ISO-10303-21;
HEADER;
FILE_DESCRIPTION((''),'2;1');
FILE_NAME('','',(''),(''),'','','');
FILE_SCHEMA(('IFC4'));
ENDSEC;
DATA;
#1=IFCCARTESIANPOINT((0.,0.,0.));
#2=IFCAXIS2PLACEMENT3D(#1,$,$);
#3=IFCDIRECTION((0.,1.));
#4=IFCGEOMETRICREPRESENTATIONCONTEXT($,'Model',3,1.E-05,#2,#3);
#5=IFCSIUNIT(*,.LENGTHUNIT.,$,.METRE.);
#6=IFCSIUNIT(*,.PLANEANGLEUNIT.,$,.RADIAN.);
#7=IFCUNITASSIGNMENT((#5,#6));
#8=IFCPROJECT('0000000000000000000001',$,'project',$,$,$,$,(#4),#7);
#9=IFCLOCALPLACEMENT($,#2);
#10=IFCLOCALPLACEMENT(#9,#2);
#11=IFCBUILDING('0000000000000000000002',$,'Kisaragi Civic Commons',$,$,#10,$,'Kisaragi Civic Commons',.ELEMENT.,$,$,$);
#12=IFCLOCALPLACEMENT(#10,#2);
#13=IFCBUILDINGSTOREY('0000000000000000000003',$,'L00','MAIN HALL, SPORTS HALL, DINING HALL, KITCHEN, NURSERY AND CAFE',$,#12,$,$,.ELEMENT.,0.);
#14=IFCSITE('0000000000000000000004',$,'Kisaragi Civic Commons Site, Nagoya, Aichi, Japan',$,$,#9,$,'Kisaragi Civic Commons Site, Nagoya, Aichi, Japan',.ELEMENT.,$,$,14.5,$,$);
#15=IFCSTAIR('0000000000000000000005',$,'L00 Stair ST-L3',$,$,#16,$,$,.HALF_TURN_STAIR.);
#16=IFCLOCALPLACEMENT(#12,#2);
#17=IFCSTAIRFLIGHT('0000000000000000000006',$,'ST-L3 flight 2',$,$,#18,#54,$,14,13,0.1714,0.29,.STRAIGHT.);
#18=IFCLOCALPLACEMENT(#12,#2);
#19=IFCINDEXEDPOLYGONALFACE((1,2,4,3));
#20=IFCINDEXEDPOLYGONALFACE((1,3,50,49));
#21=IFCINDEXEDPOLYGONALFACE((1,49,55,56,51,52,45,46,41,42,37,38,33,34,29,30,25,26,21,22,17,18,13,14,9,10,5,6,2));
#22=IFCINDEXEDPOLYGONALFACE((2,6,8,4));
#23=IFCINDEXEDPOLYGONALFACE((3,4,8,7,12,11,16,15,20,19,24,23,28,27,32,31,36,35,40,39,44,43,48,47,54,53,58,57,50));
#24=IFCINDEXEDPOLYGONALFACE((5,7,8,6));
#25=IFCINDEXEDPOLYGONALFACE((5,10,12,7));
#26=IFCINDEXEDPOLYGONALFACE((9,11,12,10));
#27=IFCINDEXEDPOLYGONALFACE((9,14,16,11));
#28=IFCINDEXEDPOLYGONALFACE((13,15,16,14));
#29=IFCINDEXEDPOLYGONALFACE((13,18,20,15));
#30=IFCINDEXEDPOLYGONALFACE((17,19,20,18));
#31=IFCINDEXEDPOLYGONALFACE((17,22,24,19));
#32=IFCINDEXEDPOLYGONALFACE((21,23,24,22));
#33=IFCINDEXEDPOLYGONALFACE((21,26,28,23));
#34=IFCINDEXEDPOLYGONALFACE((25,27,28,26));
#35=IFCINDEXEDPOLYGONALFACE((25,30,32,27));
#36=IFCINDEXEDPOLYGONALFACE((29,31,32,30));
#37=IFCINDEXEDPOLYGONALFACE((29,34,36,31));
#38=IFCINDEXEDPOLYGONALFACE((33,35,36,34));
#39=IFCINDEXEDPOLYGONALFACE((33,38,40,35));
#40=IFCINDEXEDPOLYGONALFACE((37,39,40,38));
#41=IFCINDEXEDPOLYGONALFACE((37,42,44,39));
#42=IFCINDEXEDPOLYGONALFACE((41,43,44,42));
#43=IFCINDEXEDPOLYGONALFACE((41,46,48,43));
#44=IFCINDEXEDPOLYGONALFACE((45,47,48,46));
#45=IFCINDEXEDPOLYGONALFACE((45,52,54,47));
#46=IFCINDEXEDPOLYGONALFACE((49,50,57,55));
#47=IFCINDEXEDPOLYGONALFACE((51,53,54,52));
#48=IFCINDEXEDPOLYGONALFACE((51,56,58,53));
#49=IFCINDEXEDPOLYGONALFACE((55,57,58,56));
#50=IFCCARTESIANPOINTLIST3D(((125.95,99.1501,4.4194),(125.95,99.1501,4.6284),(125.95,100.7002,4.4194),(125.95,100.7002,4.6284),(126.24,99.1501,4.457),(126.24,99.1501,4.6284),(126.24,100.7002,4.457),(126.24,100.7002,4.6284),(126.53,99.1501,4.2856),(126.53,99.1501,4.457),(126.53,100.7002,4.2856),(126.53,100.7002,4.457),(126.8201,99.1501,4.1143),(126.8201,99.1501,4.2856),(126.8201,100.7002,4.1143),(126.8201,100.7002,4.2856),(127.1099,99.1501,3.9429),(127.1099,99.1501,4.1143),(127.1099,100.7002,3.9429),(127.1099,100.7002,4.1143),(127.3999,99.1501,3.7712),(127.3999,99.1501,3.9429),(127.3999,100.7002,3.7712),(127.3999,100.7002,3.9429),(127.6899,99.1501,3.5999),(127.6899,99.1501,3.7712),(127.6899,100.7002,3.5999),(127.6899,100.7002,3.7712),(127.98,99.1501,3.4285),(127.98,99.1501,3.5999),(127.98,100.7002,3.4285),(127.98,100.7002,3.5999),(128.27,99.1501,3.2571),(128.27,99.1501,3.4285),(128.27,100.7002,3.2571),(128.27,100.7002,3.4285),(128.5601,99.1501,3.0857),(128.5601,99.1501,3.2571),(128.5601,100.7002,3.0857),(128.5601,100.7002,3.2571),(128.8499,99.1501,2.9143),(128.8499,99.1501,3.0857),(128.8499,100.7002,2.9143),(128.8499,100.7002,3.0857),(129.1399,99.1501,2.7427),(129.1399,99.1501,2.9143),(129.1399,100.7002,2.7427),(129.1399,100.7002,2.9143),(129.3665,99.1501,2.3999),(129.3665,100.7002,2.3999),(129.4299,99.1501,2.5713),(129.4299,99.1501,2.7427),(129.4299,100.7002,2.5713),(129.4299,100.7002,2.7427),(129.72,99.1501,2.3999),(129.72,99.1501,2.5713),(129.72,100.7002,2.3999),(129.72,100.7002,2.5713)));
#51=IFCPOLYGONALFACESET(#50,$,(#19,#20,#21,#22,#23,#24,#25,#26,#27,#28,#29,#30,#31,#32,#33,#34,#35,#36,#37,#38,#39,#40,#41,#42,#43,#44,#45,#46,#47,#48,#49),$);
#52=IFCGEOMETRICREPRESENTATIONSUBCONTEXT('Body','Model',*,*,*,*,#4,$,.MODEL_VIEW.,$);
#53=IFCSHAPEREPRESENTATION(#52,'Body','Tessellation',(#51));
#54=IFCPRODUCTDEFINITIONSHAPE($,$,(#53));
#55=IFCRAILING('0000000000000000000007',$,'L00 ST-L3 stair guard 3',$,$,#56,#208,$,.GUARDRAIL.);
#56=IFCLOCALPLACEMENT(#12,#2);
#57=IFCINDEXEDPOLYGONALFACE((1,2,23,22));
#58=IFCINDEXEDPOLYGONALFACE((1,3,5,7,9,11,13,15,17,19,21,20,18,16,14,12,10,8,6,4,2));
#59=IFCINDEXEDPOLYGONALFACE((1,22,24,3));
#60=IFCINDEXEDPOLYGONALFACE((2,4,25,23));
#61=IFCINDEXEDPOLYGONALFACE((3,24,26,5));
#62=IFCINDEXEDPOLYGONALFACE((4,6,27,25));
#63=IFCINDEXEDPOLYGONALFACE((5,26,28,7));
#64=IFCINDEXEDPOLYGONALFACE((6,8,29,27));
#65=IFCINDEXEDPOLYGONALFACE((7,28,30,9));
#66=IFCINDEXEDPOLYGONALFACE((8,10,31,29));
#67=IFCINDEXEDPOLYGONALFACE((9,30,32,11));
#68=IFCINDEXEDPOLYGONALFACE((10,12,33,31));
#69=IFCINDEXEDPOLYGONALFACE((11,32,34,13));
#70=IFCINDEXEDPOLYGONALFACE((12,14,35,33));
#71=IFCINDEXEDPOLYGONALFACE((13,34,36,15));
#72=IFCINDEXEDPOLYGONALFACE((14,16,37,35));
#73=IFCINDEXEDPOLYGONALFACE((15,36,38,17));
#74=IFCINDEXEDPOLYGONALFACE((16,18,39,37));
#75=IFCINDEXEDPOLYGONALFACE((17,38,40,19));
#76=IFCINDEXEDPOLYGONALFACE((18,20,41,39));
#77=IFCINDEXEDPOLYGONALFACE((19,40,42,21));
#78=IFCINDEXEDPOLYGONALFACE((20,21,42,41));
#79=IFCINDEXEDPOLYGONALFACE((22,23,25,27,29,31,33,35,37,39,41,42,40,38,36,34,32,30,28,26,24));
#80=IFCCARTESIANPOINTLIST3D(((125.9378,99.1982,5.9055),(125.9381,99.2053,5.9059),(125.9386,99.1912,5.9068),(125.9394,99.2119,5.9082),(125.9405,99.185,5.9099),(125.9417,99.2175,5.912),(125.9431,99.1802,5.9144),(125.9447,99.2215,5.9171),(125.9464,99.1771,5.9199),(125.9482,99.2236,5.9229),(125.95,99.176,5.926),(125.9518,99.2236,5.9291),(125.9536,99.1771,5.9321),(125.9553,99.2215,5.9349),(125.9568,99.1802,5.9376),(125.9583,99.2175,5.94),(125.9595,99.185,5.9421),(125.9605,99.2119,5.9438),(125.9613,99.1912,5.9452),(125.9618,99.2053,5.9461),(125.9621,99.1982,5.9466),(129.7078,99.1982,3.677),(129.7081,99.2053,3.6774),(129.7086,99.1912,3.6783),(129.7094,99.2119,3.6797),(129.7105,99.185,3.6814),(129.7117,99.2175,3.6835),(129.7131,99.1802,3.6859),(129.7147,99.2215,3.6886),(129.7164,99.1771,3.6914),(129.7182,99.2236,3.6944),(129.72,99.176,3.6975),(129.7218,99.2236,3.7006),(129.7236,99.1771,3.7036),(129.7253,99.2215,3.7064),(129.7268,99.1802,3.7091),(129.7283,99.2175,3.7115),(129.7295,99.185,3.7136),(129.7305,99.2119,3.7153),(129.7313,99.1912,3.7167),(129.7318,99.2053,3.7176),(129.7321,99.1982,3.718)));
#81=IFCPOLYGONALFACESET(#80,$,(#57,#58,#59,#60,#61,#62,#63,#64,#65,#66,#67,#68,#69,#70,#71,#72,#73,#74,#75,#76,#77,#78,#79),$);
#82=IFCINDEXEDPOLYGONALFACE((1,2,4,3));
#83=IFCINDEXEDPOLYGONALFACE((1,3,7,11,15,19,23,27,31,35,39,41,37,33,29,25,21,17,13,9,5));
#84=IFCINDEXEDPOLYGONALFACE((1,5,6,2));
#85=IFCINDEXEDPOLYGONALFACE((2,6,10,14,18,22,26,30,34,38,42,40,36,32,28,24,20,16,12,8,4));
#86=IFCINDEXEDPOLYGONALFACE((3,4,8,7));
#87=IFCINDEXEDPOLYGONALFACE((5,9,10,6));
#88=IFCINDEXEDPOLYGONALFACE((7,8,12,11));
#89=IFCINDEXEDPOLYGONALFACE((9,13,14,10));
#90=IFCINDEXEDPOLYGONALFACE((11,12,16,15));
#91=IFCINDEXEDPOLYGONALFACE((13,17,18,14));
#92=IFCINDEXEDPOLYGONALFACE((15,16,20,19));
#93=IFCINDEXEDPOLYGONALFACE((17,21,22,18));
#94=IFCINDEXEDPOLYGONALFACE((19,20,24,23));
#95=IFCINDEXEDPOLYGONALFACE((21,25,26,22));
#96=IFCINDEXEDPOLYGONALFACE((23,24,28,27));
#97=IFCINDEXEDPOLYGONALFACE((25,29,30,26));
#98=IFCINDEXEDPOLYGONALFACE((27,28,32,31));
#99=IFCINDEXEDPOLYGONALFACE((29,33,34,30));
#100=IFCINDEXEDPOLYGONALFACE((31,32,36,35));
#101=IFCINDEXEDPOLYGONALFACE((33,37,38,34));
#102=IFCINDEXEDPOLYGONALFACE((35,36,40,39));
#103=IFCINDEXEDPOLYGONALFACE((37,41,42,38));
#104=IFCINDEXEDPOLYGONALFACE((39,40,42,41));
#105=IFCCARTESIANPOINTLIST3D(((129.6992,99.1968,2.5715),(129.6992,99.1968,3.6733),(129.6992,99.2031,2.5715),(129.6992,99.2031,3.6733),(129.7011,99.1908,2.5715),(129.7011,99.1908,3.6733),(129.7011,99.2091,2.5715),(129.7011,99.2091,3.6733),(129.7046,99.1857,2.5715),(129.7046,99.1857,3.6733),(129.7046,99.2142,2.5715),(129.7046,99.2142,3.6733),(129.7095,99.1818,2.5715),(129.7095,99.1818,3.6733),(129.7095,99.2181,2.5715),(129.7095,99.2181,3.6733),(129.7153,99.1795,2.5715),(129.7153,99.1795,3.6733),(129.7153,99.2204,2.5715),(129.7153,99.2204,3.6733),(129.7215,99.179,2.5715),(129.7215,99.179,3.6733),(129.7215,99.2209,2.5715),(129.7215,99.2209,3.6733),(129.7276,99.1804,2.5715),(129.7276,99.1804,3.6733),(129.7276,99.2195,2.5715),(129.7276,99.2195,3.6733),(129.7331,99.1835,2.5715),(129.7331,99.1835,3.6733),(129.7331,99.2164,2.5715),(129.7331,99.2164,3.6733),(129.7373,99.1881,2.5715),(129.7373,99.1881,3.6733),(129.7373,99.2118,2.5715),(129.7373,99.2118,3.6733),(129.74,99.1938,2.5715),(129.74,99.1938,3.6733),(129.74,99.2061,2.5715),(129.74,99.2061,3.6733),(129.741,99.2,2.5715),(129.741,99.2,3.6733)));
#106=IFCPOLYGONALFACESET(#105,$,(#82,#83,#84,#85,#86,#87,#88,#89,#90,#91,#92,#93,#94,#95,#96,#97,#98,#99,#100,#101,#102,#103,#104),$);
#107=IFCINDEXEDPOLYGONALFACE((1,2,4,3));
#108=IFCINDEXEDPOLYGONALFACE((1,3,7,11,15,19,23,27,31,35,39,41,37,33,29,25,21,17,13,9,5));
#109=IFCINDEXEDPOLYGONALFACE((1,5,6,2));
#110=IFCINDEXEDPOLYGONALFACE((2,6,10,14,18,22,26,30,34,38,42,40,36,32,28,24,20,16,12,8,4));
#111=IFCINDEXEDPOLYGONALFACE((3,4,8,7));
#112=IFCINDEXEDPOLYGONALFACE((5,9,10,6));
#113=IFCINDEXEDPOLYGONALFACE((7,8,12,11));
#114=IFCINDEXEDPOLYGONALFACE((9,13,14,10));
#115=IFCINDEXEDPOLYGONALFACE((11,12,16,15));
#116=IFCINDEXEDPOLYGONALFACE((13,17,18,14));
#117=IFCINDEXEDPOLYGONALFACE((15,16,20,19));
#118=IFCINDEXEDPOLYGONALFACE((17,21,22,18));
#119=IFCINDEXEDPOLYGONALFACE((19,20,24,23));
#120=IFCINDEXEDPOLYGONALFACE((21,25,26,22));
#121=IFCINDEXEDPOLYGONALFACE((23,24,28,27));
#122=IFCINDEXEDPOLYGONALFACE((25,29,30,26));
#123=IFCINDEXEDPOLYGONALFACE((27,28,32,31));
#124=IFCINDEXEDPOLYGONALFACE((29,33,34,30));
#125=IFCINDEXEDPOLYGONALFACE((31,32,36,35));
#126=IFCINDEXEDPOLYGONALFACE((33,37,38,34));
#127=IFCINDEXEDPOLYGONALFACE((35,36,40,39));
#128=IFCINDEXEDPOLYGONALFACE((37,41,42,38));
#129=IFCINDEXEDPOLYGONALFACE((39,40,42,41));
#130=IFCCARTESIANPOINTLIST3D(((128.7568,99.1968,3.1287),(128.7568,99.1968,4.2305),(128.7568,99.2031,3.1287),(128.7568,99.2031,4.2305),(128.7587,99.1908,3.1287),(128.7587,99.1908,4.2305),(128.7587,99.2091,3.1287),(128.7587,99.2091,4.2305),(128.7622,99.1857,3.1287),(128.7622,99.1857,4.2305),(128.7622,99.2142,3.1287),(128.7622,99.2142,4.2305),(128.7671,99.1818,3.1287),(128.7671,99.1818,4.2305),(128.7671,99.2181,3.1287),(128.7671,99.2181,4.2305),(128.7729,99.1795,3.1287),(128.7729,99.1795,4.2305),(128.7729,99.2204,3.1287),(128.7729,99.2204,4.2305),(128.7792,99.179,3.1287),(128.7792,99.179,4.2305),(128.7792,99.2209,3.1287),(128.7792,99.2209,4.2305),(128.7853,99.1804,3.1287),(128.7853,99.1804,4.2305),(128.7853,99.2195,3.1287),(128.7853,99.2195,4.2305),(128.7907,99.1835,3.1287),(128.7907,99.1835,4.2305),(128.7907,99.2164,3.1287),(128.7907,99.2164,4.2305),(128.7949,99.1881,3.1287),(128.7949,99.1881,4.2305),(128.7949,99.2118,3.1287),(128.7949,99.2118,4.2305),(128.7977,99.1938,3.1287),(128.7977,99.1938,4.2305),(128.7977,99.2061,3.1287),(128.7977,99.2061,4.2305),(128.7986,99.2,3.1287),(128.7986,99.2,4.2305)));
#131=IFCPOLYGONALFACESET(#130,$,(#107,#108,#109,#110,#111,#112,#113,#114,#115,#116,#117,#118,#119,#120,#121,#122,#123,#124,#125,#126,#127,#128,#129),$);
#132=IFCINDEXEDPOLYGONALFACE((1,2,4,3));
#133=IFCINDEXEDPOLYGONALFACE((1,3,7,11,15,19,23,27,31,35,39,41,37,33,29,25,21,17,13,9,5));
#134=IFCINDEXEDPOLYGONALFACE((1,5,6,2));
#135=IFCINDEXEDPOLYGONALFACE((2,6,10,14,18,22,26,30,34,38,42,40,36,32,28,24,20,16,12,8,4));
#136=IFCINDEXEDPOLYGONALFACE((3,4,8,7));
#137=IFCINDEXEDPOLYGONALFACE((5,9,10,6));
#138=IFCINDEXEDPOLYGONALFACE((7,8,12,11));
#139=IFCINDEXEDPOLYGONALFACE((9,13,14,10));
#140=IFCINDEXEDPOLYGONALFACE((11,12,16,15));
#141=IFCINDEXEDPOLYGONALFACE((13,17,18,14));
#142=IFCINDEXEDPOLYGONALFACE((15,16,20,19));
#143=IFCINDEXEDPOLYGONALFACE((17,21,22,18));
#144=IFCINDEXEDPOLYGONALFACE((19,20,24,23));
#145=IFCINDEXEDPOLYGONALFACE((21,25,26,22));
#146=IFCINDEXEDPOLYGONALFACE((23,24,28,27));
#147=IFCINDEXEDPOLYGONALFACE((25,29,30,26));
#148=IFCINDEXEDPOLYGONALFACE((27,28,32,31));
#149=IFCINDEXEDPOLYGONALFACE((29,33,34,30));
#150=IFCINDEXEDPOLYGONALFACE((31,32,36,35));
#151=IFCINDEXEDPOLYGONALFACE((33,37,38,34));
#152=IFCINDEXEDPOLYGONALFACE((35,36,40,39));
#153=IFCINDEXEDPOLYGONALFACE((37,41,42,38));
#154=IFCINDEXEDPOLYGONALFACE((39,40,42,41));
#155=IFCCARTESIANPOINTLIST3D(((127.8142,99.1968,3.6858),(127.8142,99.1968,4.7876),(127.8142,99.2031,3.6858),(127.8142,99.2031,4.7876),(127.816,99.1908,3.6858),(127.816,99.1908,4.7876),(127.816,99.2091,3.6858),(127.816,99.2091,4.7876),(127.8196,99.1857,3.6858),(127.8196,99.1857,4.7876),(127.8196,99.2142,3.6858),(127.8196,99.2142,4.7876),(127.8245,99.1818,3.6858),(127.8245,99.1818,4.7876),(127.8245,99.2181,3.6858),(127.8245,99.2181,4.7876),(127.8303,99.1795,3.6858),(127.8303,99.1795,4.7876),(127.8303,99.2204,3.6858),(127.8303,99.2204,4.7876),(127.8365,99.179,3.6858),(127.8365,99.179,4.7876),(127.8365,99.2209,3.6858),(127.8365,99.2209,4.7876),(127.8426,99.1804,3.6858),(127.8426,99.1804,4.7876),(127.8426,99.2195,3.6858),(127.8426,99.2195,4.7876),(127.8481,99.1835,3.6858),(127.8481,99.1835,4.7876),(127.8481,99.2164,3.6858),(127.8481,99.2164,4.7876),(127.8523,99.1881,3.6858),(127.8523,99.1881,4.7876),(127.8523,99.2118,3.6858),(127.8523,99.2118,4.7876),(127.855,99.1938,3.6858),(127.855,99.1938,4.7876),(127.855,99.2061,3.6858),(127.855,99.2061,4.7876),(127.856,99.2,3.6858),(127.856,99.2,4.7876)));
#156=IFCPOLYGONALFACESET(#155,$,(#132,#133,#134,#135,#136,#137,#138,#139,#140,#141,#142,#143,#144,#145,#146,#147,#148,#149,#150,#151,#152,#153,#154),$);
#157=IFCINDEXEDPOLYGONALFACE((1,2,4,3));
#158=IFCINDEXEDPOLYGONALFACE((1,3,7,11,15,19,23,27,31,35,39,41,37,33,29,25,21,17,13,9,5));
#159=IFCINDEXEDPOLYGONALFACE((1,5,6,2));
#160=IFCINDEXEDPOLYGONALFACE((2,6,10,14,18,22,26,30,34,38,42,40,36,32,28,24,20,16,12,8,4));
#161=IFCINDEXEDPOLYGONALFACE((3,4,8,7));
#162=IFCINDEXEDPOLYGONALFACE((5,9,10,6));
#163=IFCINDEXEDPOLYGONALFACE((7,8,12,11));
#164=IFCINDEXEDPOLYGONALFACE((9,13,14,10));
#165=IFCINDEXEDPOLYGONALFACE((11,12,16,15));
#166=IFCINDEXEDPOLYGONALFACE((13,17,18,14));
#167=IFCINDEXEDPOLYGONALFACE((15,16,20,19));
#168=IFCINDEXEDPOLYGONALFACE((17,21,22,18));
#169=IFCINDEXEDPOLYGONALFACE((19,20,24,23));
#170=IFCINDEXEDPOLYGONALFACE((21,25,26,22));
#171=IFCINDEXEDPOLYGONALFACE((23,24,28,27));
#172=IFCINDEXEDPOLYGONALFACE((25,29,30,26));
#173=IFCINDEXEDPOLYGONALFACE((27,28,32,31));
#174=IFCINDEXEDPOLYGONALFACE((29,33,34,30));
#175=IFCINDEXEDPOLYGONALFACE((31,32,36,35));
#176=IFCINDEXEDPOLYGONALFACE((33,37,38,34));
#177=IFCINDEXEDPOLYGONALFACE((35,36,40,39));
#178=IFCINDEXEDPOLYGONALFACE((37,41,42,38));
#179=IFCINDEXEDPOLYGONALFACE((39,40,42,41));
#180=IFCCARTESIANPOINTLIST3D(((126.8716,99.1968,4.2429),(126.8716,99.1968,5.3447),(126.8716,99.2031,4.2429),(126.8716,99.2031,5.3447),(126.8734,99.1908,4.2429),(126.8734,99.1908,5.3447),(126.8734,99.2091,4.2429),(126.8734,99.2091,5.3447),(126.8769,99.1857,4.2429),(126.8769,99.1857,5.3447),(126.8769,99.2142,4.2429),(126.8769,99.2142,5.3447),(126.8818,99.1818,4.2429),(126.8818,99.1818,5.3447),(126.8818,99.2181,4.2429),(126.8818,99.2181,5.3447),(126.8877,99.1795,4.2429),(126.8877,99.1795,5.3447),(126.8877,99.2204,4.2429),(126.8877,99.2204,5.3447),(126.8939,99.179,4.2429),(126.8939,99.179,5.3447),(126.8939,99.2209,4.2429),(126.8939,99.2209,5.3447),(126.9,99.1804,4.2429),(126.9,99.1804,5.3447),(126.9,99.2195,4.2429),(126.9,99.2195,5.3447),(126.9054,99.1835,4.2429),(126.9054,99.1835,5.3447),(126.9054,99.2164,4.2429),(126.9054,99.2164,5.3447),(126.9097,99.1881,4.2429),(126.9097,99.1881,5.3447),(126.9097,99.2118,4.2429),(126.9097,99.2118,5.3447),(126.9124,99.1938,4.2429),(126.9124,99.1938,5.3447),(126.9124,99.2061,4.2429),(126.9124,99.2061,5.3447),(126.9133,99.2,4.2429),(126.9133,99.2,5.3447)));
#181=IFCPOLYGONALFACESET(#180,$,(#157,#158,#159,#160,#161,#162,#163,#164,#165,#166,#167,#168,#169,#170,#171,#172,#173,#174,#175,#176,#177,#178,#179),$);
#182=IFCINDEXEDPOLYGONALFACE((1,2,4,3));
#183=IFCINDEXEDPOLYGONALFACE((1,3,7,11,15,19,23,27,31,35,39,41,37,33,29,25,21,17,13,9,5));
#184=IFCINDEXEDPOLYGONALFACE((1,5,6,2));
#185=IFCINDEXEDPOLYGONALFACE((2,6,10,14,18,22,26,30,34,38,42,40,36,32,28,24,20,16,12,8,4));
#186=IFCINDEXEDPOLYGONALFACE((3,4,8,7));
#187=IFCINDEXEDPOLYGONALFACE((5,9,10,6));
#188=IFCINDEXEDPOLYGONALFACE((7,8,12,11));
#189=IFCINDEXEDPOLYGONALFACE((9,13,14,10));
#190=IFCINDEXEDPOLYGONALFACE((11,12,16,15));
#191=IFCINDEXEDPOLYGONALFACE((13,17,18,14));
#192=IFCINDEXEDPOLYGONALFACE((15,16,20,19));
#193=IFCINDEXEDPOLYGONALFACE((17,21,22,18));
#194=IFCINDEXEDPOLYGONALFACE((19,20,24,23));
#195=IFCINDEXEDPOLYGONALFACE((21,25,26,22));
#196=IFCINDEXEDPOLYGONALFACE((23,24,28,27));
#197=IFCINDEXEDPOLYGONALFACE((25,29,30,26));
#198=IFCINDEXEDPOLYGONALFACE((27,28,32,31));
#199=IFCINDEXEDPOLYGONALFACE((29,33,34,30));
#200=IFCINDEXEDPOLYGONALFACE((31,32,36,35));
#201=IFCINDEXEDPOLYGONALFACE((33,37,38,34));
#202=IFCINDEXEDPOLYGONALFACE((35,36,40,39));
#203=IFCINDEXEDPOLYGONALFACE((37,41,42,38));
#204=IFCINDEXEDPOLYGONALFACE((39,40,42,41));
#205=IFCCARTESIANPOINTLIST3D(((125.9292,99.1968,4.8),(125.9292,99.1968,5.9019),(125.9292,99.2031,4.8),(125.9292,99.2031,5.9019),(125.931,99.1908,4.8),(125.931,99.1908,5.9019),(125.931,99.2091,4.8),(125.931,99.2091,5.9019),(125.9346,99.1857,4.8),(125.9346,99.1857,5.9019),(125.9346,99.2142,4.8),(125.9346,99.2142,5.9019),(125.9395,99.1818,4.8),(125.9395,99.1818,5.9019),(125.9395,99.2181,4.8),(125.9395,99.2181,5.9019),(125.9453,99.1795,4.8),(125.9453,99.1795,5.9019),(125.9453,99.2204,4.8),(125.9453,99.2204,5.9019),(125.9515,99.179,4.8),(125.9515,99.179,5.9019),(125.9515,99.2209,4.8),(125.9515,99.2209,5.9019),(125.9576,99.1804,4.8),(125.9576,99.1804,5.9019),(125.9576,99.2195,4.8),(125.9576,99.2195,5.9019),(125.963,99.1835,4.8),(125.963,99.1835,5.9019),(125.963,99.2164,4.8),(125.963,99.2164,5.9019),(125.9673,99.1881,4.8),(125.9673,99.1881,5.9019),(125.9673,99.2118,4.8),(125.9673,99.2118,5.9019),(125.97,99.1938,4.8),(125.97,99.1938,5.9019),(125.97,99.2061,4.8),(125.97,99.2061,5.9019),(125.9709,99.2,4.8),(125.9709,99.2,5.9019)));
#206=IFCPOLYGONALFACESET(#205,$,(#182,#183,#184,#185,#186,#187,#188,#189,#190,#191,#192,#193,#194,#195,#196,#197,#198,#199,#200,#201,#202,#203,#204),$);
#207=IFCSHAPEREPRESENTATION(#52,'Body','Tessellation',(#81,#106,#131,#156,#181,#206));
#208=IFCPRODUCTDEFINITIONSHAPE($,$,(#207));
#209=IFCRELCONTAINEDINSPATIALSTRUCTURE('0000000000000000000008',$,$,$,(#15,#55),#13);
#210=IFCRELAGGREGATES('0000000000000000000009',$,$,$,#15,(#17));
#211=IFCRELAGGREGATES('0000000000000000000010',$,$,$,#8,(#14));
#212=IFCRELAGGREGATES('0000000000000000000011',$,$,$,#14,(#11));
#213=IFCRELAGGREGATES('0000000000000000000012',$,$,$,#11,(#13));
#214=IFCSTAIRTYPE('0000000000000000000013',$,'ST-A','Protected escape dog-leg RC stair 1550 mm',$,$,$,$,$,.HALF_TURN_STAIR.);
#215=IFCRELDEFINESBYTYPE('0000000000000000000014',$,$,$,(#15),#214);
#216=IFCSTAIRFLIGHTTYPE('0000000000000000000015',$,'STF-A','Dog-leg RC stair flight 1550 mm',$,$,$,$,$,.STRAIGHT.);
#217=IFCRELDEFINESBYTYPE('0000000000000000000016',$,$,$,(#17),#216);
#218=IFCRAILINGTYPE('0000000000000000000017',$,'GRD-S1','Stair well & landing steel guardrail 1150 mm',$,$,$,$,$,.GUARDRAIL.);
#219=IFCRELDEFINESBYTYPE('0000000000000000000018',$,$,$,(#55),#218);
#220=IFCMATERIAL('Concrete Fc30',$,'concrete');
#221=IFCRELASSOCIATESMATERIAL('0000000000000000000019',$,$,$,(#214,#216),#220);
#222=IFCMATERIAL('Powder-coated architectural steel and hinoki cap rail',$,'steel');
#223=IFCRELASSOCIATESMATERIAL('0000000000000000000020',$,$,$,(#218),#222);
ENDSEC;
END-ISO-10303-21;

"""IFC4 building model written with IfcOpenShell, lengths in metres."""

from ifc_helpers import new_model, si_unit, direction, frame, origin, origin_2d, place, context, subcontext, project, spatial, polyline, circle, outline, extrude, material, type_object, element, aggregate, save


model = new_model("IFC4")

# Units and contexts
model_context = context("Model", 3, precision=1e-05, world=origin(), true_north=direction((0.0, 1.0)))
body_context = subcontext(model_context, "Body", "Model", "MODEL_VIEW")
ifc_project = project(units=[si_unit("LENGTHUNIT", "METRE"), si_unit("PLANEANGLEUNIT", "RADIAN")], contexts=[model_context])

# Site, building, storey
site_placement = place(None, origin())
site = spatial("IfcSite", under=ifc_project, at=site_placement, Name="Kisaragi Civic Commons Site, Nagoya, Aichi, Japan", LongName="Kisaragi Civic Commons Site, Nagoya, Aichi, Japan", CompositionType="ELEMENT", RefElevation=14.5)
building_placement = place(site_placement, origin())
building = spatial("IfcBuilding", under=site, at=building_placement, Name="Kisaragi Civic Commons", LongName="Kisaragi Civic Commons", CompositionType="ELEMENT")
storey_placement = place(building_placement, origin())
storey = spatial("IfcBuildingStorey", under=building, at=storey_placement, Name="L00", Description="MAIN HALL, SPORTS HALL, DINING HALL, KITCHEN, NURSERY AND CAFE", CompositionType="ELEMENT", Elevation=0.0)

# Shared definitions
ifc_material_1 = material(Name="Concrete Fc30", Category="concrete")

# Stair, stair flight
stair_type = type_object("IfcStairType", Name="ST-A", Description="Protected escape dog-leg RC stair 1550 mm", PredefinedType="HALF_TURN_STAIR", material=ifc_material_1)
stair_placement = place(storey_placement, origin())
stair = element("IfcStair", 1, at=stair_placement, inside=storey, type_object=stair_type, Name="L00 Stair ST-L3", PredefinedType="HALF_TURN_STAIR")
stair_flight_type = type_object("IfcStairFlightType", Name="STF-A", Description="Dog-leg RC stair flight 1550 mm", PredefinedType="STRAIGHT", material=ifc_material_1)
stair_flight_placement = place(storey_placement, frame((129.72, 99.925, 2.3999), z_axis=(0.0, 0.0, 1.0), x_axis=(-1.0, 0.0, 0.0)))
stair_flight = element("IfcStairFlight", 2, at=stair_flight_placement, type_object=stair_flight_type, Name="ST-L3 flight 2", NumberOfRisers=14, NumberOfTreads=13, PredefinedType="STRAIGHT", RiserHeight=0.1714, TreadLength=0.29, context=body_context, shape_type="SweptSolid", body=[
    extrude(outline(polyline([(0.0, 0.0), (0.0, 0.1714), (0.29, 0.1714), (0.29, 0.3428), (0.5801, 0.3428), (0.5801, 0.5144), (0.8701, 0.5144), (0.8701, 0.6858), (1.1599, 0.6858), (1.1599, 0.8572), (1.45, 0.8572), (1.45, 1.0286), (1.74, 1.0286), (1.74, 1.2), (2.03, 1.2), (2.03, 1.3713), (2.3201, 1.3713), (2.3201, 1.543), (2.6101, 1.543), (2.6101, 1.7144), (2.8999, 1.7144), (2.8999, 1.8857), (3.1899, 1.8857), (3.1899, 2.0571), (3.48, 2.0571), (3.48, 2.2285), (3.77, 2.2285), (3.77, 2.3999), (3.77, 2.0195), (0.3535, 0.0), (0.0, 0.0)])), frame((0.0, 0.7749, 0.0), z_axis=(0.0, -1.0, 0.0), x_axis=(1.0, 0.0, 0.0)), (0.0, 0.0, 1.0), 1.55),
])
aggregate(stair, [stair_flight])

# Railing
ifc_material_2 = material(Name="Powder-coated architectural steel and hinoki cap rail", Category="steel")
railing_type_1 = type_object("IfcRailingType", Name="GRD-S1", Description="Stair well & landing steel guardrail 1150 mm", PredefinedType="GUARDRAIL", material=ifc_material_2)
railing_1_placement = place(storey_placement, frame((129.72, 99.2, 2.5715)))
element("IfcRailing", 3, at=railing_1_placement, inside=storey, type_object=railing_type_1, Name="L00 ST-L3 stair guard 3", PredefinedType="GUARDRAIL", context=body_context, shape_type="SweptSolid", body=[
    extrude(circle(Radius=0.0239, at=origin_2d()), frame((0.0, 0.0, 1.126), z_axis=(-0.860849, 0.0, 0.508861), x_axis=(0.0, -1.0, 0.0)), (0.0, 0.0, 1.0), 4.3794),
    extrude(circle(Radius=0.021, at=origin_2d()), origin(), (0.0, 0.0, 1.0), 1.1018),
    extrude(circle(Radius=0.021, at=origin_2d()), frame((-0.9424, 0.0, 0.5571)), (0.0, 0.0, 1.0), 1.1018),
    extrude(circle(Radius=0.021, at=origin_2d()), frame((-1.885, 0.0, 1.1143)), (0.0, 0.0, 1.0), 1.1018),
    extrude(circle(Radius=0.021, at=origin_2d()), frame((-2.8276, 0.0, 1.6714)), (0.0, 0.0, 1.0), 1.1018),
    extrude(circle(Radius=0.021, at=origin_2d()), frame((-3.77, 0.0, 2.2285)), (0.0, 0.0, 1.0), 1.1018),
])

save(model, "model.ifc")
